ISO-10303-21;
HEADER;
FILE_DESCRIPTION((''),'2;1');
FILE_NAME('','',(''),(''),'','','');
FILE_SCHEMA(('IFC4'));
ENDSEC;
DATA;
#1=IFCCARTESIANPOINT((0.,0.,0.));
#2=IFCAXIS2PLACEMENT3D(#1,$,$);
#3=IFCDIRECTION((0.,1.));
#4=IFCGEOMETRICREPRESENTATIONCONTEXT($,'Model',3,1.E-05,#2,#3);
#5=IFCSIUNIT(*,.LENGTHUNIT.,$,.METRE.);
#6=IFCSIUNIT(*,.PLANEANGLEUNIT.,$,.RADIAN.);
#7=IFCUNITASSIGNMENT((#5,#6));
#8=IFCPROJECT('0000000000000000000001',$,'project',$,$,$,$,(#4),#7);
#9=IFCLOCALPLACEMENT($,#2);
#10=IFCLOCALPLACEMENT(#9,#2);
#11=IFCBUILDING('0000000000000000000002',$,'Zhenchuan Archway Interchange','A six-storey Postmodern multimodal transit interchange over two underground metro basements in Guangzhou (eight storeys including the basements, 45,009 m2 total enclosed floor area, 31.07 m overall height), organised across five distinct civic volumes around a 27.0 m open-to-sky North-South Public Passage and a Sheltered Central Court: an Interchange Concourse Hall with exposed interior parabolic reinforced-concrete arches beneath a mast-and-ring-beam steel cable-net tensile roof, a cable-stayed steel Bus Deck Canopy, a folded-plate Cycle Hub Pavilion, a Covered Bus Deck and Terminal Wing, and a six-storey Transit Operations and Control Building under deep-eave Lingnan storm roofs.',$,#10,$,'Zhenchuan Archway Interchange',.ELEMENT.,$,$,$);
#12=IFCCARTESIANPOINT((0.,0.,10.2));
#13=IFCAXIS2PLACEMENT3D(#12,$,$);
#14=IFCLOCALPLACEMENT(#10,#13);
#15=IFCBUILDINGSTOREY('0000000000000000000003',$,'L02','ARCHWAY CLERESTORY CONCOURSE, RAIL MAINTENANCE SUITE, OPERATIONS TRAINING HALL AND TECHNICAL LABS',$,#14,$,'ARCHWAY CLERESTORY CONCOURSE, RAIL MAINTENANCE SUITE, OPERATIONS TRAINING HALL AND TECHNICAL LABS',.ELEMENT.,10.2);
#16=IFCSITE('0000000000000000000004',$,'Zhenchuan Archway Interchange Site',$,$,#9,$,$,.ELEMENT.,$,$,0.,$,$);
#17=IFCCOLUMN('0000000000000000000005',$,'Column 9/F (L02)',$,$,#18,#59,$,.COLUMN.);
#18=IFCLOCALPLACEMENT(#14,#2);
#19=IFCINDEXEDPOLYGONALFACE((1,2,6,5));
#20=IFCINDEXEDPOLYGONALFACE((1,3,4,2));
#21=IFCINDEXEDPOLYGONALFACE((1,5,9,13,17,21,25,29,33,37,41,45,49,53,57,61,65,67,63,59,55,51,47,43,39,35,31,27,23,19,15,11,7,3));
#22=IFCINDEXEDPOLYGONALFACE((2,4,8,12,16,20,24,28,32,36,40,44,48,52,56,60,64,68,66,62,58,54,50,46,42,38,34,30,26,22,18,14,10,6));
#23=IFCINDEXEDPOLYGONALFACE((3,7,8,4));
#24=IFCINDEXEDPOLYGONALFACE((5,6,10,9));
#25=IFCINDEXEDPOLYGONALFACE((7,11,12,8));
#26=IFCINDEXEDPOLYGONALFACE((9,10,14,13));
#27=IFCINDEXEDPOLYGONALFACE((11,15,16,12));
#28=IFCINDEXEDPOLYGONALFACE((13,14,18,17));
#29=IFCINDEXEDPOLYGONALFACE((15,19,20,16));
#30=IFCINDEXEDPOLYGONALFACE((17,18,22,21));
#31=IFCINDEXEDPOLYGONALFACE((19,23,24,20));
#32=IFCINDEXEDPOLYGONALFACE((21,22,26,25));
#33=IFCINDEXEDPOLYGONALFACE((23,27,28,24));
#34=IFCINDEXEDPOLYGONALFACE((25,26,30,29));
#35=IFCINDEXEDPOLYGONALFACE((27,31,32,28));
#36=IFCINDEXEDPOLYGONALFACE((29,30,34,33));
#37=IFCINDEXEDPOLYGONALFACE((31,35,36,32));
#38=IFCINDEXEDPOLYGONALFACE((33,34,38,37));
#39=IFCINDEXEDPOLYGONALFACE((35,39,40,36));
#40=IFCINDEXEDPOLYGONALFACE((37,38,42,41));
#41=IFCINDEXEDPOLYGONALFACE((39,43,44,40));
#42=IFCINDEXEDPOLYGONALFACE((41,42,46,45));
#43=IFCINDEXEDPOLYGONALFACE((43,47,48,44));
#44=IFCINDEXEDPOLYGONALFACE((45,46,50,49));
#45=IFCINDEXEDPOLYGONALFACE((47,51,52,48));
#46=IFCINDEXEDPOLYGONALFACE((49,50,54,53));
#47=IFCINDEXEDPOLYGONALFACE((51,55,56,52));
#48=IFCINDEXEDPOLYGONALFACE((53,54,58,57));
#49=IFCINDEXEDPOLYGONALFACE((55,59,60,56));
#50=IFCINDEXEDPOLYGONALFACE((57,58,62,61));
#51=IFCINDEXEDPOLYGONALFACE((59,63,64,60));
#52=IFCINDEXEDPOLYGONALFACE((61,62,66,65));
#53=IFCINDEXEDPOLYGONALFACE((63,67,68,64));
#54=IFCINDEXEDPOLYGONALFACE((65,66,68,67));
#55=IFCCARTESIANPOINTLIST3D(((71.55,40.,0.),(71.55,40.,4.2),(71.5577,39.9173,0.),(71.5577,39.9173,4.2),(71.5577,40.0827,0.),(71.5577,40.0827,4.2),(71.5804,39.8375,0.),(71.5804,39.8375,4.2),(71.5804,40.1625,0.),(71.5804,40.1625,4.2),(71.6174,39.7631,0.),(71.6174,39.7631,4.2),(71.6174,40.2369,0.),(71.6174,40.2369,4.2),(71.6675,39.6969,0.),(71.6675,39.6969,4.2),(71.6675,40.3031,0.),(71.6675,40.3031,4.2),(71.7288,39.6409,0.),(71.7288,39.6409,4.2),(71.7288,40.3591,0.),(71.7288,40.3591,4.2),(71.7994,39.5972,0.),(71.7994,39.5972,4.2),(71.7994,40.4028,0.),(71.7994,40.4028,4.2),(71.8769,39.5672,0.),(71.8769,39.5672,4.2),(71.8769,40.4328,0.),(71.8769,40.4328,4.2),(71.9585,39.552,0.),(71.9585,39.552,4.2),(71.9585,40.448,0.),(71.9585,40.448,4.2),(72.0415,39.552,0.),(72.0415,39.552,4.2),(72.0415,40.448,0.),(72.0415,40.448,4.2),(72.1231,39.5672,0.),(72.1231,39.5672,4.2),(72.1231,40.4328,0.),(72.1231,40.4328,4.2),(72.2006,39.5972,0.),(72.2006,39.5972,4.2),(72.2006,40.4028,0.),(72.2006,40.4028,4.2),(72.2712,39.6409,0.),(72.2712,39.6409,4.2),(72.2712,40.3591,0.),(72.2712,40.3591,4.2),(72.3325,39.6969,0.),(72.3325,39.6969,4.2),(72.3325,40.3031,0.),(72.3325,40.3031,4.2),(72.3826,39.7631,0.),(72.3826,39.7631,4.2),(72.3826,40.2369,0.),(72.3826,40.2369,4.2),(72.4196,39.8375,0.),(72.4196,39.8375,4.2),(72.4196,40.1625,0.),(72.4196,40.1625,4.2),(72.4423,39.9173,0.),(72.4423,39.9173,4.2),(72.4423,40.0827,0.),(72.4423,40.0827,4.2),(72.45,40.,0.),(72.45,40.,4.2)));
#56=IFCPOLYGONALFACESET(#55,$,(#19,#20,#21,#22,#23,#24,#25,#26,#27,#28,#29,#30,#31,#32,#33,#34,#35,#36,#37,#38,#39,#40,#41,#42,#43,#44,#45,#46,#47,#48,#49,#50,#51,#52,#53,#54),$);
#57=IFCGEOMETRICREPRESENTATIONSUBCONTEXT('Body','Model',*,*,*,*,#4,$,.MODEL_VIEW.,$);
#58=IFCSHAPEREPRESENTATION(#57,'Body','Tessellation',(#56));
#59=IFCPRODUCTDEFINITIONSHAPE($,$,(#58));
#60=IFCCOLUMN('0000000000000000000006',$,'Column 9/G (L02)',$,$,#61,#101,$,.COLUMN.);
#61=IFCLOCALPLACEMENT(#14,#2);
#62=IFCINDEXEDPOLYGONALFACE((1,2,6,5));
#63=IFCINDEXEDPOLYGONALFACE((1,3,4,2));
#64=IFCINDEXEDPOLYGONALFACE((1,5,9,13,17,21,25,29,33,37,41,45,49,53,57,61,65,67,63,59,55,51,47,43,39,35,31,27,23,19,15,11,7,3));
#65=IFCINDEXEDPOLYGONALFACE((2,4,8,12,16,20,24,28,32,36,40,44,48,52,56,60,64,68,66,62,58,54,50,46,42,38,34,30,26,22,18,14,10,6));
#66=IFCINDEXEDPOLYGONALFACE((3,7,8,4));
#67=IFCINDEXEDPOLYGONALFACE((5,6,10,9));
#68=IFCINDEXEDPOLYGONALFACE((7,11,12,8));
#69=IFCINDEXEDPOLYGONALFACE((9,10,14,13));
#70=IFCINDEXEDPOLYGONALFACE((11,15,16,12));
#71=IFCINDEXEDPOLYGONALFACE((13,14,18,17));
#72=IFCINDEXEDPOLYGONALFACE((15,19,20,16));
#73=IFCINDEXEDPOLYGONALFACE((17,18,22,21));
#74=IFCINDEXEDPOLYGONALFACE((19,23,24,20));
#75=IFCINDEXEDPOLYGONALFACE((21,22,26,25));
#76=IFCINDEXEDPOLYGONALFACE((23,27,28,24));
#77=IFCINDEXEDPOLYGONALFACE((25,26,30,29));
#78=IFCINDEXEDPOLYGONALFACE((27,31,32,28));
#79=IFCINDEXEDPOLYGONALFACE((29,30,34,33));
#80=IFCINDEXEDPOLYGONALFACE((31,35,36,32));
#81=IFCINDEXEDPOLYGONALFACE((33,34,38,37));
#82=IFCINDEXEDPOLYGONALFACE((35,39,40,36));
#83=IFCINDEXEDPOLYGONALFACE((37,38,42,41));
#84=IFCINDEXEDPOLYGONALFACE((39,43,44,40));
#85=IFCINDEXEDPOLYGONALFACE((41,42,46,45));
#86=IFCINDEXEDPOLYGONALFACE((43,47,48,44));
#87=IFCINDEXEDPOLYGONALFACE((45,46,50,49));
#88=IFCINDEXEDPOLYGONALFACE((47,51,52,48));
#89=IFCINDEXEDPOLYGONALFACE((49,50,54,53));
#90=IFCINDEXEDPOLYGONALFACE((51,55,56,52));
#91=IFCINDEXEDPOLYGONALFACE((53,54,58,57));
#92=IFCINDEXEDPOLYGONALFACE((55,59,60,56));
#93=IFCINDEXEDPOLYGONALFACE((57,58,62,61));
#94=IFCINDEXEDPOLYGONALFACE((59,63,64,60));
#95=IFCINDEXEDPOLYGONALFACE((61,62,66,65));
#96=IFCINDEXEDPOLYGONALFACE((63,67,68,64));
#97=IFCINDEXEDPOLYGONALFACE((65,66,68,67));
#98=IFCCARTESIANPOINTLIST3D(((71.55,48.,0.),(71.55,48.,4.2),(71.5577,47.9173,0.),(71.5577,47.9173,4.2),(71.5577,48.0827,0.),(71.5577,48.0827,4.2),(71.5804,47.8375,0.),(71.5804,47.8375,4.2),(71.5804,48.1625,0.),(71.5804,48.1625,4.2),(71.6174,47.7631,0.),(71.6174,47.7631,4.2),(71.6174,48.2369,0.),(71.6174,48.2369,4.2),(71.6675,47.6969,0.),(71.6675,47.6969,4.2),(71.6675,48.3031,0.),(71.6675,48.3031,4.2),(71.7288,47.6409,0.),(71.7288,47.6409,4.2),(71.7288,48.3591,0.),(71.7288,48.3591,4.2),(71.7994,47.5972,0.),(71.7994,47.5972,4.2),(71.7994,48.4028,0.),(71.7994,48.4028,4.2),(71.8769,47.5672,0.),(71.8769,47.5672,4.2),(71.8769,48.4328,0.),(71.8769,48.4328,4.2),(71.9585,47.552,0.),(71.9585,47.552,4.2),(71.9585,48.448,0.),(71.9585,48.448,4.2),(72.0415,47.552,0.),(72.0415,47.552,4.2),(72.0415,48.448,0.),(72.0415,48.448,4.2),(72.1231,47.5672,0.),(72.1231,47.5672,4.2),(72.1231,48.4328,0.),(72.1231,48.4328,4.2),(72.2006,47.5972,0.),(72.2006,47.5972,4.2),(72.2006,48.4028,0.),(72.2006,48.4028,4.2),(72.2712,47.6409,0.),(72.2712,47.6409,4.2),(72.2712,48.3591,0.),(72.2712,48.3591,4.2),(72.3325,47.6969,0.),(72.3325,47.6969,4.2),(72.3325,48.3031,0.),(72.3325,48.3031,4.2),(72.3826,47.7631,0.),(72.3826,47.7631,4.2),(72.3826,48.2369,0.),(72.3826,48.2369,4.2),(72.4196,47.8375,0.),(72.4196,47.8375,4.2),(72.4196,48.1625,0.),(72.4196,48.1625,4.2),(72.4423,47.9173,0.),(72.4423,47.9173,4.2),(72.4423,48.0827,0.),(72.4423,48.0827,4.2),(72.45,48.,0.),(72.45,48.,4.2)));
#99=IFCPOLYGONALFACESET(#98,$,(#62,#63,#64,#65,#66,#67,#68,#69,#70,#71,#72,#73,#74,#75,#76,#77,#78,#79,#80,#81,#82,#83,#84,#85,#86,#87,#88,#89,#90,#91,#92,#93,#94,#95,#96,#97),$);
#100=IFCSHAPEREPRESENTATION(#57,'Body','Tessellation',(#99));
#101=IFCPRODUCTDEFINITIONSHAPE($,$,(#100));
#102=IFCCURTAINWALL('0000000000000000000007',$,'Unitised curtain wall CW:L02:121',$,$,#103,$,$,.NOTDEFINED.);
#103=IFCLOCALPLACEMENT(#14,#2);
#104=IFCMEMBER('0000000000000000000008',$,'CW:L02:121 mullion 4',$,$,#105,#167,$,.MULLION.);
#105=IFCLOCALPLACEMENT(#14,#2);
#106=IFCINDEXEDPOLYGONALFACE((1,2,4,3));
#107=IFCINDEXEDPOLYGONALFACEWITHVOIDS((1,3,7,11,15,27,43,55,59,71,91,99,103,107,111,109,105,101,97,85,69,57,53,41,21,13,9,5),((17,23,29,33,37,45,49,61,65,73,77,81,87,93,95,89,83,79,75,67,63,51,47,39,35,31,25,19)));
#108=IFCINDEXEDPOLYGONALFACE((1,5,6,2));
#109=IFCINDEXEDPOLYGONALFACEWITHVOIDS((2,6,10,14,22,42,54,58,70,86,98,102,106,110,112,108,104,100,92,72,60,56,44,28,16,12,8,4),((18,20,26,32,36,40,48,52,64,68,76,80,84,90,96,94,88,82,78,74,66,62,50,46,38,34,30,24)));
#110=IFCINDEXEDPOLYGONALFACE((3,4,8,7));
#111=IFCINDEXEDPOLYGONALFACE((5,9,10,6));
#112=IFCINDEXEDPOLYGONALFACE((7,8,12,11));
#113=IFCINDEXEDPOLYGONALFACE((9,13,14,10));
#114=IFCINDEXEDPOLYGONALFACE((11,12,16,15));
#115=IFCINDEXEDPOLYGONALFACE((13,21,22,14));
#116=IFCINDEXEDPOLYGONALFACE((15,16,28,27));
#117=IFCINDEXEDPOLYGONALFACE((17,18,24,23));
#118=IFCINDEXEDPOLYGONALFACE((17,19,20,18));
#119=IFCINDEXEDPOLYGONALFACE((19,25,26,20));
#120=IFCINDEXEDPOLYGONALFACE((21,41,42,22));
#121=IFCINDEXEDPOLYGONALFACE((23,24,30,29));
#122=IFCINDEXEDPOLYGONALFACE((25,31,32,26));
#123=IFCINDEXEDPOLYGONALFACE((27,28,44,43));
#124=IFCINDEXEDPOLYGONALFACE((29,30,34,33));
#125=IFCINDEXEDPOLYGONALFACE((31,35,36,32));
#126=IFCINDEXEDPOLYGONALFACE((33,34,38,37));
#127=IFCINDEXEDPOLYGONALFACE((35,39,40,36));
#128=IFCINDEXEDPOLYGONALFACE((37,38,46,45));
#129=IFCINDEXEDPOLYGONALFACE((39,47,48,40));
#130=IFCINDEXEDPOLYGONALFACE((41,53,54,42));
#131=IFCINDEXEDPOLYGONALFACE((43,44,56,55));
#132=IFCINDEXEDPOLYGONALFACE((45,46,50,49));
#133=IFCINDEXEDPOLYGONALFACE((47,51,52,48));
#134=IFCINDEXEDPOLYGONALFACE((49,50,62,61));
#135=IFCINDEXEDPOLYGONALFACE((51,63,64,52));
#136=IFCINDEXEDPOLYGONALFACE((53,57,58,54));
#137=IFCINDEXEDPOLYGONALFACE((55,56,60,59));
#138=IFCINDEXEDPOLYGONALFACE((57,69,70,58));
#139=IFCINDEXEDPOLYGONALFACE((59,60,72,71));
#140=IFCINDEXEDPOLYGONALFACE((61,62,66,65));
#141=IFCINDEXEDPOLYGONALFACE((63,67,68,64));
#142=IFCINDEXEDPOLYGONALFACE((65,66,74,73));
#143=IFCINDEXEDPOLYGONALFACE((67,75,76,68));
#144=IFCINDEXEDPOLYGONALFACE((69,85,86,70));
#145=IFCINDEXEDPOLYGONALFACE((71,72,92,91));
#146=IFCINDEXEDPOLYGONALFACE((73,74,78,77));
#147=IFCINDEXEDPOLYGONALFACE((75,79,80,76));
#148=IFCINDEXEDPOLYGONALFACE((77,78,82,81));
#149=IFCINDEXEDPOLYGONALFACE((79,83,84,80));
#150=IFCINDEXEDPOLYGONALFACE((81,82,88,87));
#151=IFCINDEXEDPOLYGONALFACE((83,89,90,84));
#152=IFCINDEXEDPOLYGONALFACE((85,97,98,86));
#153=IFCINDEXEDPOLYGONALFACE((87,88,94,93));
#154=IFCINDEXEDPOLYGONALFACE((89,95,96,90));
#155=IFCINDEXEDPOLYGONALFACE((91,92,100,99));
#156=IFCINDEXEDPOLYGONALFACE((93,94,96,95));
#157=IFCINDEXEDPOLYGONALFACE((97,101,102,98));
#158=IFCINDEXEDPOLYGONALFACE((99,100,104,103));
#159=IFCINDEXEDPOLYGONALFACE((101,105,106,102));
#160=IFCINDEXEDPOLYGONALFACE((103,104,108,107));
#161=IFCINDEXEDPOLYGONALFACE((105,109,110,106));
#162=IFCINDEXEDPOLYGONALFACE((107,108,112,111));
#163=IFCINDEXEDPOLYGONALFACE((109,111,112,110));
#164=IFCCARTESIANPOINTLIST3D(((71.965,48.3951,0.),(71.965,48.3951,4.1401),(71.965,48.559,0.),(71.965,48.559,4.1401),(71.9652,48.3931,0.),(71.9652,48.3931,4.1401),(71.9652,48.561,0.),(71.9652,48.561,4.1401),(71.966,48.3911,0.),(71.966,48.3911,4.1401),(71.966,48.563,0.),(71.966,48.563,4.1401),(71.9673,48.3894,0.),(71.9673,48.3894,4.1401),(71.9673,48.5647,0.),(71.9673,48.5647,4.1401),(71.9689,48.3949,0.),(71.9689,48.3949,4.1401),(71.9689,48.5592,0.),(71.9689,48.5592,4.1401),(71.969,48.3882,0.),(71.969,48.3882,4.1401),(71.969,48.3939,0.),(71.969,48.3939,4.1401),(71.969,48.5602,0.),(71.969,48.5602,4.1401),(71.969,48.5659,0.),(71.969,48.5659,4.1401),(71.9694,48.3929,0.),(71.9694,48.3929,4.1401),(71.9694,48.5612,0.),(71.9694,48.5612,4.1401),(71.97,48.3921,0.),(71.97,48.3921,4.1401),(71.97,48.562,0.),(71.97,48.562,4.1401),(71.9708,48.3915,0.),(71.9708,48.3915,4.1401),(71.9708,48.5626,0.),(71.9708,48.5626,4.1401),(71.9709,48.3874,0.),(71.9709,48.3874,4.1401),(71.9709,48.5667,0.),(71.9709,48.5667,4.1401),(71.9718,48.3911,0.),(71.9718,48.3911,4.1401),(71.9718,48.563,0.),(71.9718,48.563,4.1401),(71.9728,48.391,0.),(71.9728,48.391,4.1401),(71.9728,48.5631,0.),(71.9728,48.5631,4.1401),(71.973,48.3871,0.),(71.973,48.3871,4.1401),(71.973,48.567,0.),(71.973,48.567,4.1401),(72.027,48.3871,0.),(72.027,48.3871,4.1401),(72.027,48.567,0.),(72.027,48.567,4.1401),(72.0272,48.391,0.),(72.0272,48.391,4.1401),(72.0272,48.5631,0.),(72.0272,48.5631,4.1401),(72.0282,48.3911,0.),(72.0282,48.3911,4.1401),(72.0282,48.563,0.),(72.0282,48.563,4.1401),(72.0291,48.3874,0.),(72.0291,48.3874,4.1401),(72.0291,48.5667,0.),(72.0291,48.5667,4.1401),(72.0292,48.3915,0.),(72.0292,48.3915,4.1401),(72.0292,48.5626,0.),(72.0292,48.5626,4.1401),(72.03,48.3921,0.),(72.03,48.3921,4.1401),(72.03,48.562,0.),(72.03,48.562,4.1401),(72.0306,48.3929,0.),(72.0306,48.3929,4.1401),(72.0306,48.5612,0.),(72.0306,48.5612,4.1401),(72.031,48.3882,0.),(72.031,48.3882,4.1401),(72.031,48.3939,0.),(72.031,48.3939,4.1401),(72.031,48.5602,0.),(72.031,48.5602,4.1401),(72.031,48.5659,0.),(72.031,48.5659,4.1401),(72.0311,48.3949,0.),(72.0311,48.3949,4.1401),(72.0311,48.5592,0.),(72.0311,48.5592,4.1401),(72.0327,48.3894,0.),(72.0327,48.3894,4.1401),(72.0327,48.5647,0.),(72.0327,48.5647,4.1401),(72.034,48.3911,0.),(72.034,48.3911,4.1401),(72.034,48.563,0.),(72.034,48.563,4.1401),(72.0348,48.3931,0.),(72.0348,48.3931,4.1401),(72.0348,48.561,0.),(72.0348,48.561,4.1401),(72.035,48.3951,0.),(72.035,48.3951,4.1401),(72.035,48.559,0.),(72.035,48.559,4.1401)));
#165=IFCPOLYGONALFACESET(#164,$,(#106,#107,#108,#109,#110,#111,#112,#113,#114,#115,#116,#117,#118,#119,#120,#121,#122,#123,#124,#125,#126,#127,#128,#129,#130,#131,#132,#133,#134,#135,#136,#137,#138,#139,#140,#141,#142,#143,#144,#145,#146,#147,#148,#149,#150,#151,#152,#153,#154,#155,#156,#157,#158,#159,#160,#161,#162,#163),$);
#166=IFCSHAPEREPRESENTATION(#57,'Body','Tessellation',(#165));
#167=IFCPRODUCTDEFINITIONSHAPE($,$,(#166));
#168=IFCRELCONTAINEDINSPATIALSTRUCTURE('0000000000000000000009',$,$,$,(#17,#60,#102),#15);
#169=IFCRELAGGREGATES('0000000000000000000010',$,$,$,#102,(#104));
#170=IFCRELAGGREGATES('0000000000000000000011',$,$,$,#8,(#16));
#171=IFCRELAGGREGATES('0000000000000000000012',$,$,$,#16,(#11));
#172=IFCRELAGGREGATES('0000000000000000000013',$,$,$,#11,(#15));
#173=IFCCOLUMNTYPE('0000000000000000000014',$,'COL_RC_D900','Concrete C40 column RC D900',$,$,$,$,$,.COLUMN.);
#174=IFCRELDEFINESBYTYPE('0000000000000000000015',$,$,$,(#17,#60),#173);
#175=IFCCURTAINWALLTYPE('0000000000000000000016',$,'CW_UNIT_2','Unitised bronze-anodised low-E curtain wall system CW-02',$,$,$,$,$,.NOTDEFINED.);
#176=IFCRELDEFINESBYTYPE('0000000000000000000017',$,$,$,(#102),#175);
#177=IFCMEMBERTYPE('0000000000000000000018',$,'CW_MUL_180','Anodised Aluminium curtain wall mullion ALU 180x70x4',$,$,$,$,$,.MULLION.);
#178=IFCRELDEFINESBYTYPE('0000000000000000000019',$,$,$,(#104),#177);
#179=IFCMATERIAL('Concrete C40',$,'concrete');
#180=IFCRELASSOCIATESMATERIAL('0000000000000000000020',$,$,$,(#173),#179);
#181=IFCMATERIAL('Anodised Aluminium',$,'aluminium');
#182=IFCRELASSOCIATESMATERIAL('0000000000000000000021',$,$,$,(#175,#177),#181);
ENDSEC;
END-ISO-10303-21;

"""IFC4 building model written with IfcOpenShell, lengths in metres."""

from ifc_helpers import new_model, si_unit, direction, frame, origin, origin_2d, place, context, subcontext, project, spatial, hollow_rectangle, circle, extrude, material, material_profile, profile_set, type_object, element, aggregate, save


model = new_model("IFC4")

# Units and contexts
model_context = context("Model", 3, precision=1e-05, world=origin(), true_north=direction((0.0, 1.0)))
body_context = subcontext(model_context, "Body", "Model", "MODEL_VIEW")
ifc_project = project(units=[si_unit("LENGTHUNIT", "METRE"), si_unit("PLANEANGLEUNIT", "RADIAN")], contexts=[model_context])

# Site, building, storey
site_placement = place(None, origin())
site = spatial("IfcSite", under=ifc_project, at=site_placement, Name="Zhenchuan Archway Interchange Site", CompositionType="ELEMENT", RefElevation=0.0)
building_placement = place(site_placement, origin())
building = spatial("IfcBuilding", under=site, at=building_placement, Name="Zhenchuan Archway Interchange", Description="A six-storey Postmodern multimodal transit interchange over two underground metro basements in Guangzhou (eight storeys including the basements, 45,009 m2 total enclosed floor area, 31.07 m overall height), organised across five distinct civic volumes around a 27.0 m open-to-sky North-South Public Passage and a Sheltered Central Court: an Interchange Concourse Hall with exposed interior parabolic reinforced-concrete arches beneath a mast-and-ring-beam steel cable-net tensile roof, a cable-stayed steel Bus Deck Canopy, a folded-plate Cycle Hub Pavilion, a Covered Bus Deck and Terminal Wing, and a six-storey Transit Operations and Control Building under deep-eave Lingnan storm roofs.", LongName="Zhenchuan Archway Interchange", CompositionType="ELEMENT")
storey_placement = place(building_placement, frame((0.0, 0.0, 10.2)))
storey = spatial("IfcBuildingStorey", under=building, at=storey_placement, Name="L02", Description="ARCHWAY CLERESTORY CONCOURSE, RAIL MAINTENANCE SUITE, OPERATIONS TRAINING HALL AND TECHNICAL LABS", LongName="ARCHWAY CLERESTORY CONCOURSE, RAIL MAINTENANCE SUITE, OPERATIONS TRAINING HALL AND TECHNICAL LABS", CompositionType="ELEMENT", Elevation=10.2)

# Columns
ifc_material_1 = material(Name="Concrete C40", Category="concrete")
ifc_material_profile_1 = material_profile(ifc_material_1, circle(Radius=0.45, at=origin_2d()), Name="RC D900")
ifc_profile_set_1 = profile_set([ifc_material_profile_1], Name="Concrete C40")
column_type = type_object("IfcColumnType", Name="COL_RC_D900", Description="Concrete C40 column RC D900", PredefinedType="COLUMN", material=ifc_profile_set_1)
for number, where, z_axis, x_axis, name in (
    (1, (72.0, 40.0, 0.0), (0.0, 0.0, 1.0), (1.0, 0.0, 0.0), "Column 9/F (L02)"),
    (2, (72.0, 48.0, 0.0), (0.0, 0.0, 1.0), (1.0, 0.0, 0.0), "Column 9/G (L02)"),
):
    element("IfcColumn", number, at=place(storey_placement, frame(where, z_axis=z_axis, x_axis=x_axis)), inside=storey, type_object=column_type, Name=name, PredefinedType="COLUMN", context=body_context, shape_type="SweptSolid", body=[
        extrude(circle(Radius=0.45, at=origin_2d()), origin(), (0.0, 0.0, 1.0), 4.2),
    ])

# Curtain wall, member
ifc_material_2 = material(Name="Anodised Aluminium", Category="aluminium")
curtain_wall_type_1 = type_object("IfcCurtainWallType", Name="CW_UNIT_2", Description="Unitised bronze-anodised low-E curtain wall system CW-02", PredefinedType="NOTDEFINED", material=ifc_material_2)
curtain_wall_1_placement = place(storey_placement, origin())
curtain_wall_1 = element("IfcCurtainWall", 3, at=curtain_wall_1_placement, inside=storey, type_object=curtain_wall_type_1, Name="Unitised curtain wall CW:L02:121", PredefinedType="NOTDEFINED")
ifc_material_profile_2 = material_profile(ifc_material_2, hollow_rectangle(XDim=0.0701, YDim=0.1799, WallThickness=0.0039, InnerFilletRadius=0.0039, OuterFilletRadius=0.0081, at=origin_2d()), Name="ALU 180x70x4")
ifc_profile_set_2 = profile_set([ifc_material_profile_2], Name="Anodised Aluminium")
member_type_1 = type_object("IfcMemberType", Name="CW_MUL_180", Description="Anodised Aluminium curtain wall mullion ALU 180x70x4", PredefinedType="MULLION", material=ifc_profile_set_2)
member_1_placement = place(storey_placement, frame((72.0, 48.4771, 0.0), z_axis=(0.0, 0.0, 1.0), x_axis=(1.0, 0.0, 0.0)))
member_1 = element("IfcMember", 4, at=member_1_placement, type_object=member_type_1, Name="CW:L02:121 mullion 4", PredefinedType="MULLION", context=body_context, shape_type="SweptSolid", body=[
    extrude(hollow_rectangle(XDim=0.0701, YDim=0.1799, WallThickness=0.0039, InnerFilletRadius=0.0039, OuterFilletRadius=0.0081, at=origin_2d()), origin(), (0.0, 0.0, 1.0), 4.1401),
])

aggregate(curtain_wall_1, [member_1])

save(model, "model.ifc")
